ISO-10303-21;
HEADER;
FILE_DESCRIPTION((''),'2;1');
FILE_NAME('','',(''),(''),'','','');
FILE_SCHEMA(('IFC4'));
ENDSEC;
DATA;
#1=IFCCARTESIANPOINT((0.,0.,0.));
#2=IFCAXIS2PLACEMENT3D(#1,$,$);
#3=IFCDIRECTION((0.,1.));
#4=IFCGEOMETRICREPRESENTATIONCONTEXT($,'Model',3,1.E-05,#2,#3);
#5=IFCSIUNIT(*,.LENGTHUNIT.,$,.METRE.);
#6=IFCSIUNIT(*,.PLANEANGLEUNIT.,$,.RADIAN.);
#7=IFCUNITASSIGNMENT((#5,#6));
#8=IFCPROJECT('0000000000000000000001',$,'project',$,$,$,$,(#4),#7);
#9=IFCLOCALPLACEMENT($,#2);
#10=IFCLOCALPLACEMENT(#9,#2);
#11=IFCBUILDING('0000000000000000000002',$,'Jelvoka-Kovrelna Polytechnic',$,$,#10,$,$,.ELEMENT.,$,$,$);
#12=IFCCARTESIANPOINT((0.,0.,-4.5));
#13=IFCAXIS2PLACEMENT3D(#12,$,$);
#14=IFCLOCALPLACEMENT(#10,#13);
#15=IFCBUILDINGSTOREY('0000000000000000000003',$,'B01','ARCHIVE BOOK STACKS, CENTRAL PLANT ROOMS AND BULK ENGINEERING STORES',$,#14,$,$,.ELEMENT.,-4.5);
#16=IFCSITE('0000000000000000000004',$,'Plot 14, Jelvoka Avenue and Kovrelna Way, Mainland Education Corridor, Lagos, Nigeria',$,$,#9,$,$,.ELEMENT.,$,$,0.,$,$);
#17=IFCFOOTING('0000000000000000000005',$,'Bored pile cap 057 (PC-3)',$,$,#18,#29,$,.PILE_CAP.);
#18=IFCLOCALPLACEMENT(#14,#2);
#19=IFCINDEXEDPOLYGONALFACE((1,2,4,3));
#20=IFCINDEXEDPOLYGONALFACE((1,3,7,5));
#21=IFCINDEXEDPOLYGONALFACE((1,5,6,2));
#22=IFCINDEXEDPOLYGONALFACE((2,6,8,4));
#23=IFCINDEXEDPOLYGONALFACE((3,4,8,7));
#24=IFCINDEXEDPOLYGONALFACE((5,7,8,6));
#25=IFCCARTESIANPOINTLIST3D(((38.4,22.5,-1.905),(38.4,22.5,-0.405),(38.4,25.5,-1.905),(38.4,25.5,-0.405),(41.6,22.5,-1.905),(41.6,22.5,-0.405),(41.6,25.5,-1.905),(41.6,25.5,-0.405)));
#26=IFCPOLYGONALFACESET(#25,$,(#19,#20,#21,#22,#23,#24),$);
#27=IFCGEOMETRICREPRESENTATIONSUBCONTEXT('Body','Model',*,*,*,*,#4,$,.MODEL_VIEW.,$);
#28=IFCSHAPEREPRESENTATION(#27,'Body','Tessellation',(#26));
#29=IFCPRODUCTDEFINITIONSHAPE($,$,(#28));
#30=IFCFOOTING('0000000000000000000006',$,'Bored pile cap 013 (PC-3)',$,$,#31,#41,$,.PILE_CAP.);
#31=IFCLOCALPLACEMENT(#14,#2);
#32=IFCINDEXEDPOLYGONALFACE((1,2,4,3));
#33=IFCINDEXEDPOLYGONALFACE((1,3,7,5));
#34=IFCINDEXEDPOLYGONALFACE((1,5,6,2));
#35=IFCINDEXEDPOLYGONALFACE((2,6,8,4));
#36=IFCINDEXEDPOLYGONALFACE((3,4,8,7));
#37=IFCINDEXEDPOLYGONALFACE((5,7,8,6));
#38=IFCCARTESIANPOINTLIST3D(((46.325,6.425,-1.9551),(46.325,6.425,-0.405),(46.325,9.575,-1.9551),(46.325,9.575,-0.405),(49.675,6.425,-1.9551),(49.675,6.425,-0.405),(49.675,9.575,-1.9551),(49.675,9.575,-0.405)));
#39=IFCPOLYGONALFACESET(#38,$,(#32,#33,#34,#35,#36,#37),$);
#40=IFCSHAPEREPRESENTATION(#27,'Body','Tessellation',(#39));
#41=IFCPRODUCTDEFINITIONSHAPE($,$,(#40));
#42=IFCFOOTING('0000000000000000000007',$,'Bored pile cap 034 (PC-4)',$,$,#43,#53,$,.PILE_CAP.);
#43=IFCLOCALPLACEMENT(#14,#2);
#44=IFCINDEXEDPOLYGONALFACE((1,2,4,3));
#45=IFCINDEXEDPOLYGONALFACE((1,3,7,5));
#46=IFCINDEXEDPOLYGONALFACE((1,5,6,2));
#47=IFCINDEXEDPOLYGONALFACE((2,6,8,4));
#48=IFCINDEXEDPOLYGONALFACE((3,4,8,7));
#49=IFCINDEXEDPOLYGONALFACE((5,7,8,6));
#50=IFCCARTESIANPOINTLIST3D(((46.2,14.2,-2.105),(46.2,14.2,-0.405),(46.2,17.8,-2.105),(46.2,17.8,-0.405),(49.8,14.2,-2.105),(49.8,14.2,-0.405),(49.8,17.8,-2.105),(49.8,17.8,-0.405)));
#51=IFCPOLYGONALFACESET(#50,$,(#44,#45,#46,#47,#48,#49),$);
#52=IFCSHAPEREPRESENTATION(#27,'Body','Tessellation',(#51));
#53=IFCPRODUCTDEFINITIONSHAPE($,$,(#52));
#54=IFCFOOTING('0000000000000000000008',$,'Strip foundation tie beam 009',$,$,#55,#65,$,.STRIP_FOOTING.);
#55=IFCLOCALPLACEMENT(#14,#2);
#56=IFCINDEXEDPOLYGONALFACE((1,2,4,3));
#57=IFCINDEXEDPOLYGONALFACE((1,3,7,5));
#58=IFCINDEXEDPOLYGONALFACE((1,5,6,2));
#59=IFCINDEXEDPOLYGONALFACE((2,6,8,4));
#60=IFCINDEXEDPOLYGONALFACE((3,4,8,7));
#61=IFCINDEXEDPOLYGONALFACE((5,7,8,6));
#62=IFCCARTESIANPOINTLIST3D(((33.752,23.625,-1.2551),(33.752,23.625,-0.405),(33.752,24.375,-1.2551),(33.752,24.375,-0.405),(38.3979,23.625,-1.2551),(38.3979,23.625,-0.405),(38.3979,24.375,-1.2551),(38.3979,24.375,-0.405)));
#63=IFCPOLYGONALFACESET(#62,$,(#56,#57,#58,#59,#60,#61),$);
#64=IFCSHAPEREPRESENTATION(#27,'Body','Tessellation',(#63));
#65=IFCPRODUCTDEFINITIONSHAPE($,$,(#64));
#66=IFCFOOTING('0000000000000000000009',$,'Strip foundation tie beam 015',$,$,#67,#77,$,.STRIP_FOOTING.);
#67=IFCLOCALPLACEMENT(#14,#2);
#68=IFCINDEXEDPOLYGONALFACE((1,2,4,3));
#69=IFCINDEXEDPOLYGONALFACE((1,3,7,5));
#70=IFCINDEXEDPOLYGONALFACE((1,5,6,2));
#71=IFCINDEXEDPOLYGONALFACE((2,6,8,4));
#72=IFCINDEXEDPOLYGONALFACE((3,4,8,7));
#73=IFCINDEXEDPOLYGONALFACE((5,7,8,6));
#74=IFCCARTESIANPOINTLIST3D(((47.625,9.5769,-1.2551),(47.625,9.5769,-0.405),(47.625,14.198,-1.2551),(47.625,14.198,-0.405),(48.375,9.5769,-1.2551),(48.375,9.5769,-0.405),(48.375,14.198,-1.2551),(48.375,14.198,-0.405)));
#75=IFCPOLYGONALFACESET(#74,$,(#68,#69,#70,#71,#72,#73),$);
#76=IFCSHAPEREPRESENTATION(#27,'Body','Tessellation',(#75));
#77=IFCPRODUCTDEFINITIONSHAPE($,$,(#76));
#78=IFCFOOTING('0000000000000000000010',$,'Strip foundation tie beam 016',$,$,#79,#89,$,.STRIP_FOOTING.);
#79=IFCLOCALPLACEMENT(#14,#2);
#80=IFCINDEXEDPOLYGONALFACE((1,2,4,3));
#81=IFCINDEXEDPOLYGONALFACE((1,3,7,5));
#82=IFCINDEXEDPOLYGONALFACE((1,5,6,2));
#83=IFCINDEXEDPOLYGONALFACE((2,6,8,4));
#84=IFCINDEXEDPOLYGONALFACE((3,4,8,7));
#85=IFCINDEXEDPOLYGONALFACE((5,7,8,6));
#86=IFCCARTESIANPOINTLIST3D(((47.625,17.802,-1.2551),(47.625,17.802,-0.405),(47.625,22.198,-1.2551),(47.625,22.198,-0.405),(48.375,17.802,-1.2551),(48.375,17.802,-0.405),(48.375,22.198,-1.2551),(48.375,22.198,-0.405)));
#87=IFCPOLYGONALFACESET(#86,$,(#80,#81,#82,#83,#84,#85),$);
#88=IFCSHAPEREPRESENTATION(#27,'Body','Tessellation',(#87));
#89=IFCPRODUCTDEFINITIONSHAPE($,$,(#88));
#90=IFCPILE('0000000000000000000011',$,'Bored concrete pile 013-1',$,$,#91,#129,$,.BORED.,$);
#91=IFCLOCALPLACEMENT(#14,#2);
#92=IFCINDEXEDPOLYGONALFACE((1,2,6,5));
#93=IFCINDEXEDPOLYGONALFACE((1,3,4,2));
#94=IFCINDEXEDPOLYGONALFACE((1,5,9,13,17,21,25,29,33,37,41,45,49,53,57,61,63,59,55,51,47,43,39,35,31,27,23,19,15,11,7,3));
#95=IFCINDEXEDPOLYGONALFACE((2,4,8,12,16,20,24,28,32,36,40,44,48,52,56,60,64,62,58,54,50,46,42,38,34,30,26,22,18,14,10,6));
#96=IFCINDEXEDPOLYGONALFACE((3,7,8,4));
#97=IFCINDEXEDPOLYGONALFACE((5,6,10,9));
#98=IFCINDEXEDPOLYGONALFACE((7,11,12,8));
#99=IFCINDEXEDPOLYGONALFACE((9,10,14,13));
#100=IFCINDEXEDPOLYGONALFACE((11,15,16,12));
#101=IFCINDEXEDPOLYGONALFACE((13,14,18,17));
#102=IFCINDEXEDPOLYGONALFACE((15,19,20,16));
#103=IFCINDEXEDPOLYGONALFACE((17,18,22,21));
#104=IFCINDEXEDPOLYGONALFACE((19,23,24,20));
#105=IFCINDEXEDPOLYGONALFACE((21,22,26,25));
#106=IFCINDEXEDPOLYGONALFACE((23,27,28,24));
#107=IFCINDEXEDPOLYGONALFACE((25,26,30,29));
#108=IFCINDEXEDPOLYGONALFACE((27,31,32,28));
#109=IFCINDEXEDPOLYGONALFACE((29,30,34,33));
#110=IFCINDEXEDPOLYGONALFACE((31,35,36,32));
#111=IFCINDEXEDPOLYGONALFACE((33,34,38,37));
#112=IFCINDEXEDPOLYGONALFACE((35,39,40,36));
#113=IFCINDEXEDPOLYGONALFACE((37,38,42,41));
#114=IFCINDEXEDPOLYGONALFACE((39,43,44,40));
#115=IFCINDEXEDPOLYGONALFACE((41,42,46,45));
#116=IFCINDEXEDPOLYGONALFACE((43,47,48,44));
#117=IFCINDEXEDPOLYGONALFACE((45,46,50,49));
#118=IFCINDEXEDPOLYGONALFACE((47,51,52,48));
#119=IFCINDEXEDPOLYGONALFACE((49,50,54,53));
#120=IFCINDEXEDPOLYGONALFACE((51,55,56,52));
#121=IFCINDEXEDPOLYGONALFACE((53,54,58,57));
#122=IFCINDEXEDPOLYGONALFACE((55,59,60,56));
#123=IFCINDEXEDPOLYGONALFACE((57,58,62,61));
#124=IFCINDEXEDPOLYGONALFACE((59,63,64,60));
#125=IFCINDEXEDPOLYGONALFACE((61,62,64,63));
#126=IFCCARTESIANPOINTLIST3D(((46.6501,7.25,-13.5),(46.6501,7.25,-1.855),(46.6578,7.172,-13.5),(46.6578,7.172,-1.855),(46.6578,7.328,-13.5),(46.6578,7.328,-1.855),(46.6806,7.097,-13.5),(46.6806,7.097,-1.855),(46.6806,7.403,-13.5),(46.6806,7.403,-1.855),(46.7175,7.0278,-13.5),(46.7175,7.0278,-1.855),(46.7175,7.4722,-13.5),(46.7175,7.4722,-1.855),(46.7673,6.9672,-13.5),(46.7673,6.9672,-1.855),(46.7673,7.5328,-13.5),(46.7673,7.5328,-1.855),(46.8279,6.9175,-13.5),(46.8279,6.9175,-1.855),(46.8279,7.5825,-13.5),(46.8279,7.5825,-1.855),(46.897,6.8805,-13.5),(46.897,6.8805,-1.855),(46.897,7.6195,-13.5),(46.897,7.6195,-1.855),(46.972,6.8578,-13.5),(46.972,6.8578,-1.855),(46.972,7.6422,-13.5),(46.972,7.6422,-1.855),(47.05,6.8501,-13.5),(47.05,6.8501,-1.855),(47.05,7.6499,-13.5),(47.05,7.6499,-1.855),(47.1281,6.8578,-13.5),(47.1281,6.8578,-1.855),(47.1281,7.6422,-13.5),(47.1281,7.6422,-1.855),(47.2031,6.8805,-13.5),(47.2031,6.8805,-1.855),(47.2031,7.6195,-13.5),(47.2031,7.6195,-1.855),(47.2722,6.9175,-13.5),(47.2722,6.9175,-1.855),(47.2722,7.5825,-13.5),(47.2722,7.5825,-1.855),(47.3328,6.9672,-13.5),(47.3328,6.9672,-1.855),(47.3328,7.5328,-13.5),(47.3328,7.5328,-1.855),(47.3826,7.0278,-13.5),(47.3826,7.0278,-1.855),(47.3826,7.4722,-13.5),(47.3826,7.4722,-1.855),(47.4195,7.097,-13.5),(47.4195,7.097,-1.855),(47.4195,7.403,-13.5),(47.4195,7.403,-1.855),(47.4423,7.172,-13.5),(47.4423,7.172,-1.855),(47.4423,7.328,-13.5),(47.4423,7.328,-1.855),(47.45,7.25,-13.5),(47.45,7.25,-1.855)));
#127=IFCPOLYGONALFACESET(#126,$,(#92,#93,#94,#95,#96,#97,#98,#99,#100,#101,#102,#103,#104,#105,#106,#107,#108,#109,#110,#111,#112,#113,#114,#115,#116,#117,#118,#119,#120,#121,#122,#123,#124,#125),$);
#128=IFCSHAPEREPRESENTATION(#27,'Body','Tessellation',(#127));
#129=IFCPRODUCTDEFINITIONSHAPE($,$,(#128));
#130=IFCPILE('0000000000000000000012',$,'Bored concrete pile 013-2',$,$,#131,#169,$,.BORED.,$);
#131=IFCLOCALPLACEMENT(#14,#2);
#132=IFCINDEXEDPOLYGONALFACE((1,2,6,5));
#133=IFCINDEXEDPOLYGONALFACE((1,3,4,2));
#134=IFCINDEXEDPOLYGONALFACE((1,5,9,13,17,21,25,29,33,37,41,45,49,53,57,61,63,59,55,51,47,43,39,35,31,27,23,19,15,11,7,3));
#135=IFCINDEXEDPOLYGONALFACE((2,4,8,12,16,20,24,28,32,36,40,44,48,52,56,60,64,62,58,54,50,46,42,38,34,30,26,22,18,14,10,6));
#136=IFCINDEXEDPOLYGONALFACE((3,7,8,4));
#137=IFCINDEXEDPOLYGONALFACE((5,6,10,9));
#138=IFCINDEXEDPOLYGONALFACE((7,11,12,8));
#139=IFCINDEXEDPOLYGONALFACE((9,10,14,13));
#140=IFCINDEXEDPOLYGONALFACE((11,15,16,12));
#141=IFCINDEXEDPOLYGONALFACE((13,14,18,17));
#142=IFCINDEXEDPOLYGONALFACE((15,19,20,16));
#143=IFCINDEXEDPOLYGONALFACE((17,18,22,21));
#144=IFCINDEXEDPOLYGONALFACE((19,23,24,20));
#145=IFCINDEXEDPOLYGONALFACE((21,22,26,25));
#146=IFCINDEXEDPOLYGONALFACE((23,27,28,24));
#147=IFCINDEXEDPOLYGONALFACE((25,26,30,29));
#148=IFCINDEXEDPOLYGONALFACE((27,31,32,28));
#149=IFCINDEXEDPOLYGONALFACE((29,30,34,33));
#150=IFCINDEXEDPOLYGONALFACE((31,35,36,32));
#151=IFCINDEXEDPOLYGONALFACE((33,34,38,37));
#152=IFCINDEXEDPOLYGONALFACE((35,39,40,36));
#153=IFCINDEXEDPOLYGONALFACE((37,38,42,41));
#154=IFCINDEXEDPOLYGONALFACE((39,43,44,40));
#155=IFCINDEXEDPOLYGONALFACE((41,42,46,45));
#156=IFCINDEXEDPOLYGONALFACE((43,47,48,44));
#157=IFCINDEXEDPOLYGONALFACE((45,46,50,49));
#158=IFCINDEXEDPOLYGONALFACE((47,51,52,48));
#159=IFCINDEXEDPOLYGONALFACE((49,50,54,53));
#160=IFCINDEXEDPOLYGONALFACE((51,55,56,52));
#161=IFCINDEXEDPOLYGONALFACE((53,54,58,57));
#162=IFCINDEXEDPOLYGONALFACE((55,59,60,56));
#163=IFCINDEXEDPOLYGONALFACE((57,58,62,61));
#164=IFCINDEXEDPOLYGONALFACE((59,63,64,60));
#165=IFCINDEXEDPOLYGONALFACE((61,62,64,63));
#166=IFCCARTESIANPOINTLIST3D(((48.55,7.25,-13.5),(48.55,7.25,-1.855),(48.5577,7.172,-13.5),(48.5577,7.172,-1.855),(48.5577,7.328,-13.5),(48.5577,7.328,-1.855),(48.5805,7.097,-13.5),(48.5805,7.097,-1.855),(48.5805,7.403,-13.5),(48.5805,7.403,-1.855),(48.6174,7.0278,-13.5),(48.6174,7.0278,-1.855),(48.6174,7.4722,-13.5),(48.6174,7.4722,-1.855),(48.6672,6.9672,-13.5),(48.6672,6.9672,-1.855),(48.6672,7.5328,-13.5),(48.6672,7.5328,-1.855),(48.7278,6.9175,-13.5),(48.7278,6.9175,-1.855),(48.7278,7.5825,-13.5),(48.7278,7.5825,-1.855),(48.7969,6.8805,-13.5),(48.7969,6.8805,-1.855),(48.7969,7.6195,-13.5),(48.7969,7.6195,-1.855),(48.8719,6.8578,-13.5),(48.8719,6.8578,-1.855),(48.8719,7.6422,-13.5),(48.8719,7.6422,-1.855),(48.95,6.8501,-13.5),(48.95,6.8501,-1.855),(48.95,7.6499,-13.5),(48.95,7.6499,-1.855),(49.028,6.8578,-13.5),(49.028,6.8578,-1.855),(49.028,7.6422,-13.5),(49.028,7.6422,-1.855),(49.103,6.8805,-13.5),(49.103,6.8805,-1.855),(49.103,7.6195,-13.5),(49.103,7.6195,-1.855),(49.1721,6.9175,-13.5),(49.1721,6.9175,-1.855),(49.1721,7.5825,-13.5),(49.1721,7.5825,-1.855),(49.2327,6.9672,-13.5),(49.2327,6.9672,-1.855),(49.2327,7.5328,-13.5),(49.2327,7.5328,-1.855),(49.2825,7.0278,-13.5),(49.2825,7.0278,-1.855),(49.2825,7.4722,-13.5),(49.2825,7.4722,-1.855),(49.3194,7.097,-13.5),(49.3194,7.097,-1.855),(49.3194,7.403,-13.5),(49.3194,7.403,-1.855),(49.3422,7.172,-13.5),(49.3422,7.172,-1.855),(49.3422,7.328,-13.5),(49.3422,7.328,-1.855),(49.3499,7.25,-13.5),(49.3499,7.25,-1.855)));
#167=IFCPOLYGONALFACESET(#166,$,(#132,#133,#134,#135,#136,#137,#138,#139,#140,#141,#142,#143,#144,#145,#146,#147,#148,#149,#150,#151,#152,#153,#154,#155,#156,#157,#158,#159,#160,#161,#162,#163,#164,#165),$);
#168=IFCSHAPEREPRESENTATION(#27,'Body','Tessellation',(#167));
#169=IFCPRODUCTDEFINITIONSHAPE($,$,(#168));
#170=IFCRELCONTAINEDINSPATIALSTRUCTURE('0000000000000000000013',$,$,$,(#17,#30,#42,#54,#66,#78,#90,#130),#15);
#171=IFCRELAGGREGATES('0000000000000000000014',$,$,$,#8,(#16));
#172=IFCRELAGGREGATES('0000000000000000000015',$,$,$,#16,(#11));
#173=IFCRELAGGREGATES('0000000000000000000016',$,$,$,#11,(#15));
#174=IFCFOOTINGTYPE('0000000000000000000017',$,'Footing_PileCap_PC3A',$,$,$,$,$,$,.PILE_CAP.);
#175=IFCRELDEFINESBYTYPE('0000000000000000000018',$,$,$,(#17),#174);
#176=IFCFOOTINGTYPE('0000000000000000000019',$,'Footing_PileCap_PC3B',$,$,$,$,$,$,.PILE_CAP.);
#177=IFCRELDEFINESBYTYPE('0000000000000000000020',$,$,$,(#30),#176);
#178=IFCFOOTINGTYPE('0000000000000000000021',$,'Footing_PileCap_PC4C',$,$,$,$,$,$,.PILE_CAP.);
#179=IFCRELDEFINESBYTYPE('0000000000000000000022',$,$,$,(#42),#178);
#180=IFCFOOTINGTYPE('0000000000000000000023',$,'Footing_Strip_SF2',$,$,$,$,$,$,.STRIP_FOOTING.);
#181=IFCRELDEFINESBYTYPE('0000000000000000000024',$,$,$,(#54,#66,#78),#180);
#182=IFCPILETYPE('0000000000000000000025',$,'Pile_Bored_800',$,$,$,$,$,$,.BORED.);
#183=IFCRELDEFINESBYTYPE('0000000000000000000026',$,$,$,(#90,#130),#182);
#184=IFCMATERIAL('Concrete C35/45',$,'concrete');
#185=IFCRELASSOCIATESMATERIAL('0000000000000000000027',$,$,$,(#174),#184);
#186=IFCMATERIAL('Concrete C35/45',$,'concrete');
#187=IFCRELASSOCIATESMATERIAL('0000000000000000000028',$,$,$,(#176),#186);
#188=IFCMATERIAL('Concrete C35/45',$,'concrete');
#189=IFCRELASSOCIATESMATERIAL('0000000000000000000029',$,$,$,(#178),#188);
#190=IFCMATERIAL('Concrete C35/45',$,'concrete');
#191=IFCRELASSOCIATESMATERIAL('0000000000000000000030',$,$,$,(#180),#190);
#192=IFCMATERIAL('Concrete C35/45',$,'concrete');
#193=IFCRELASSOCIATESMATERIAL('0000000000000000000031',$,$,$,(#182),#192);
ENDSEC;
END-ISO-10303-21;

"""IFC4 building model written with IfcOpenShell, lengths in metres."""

from ifc_helpers import new_model, si_unit, direction, frame, origin, origin_2d, place, context, subcontext, project, spatial, rectangle, circle, extrude, material, material_profile, profile_set, type_object, element, save


model = new_model("IFC4")

# Units and contexts
model_context = context("Model", 3, precision=1e-05, world=origin(), true_north=direction((0.0, 1.0)))
body_context = subcontext(model_context, "Body", "Model", "MODEL_VIEW")
ifc_project = project(units=[si_unit("LENGTHUNIT", "METRE"), si_unit("PLANEANGLEUNIT", "RADIAN")], contexts=[model_context])

# Site, building, storey
site_placement = place(None, origin())
site = spatial("IfcSite", under=ifc_project, at=site_placement, Name="Plot 14, Jelvoka Avenue and Kovrelna Way, Mainland Education Corridor, Lagos, Nigeria", CompositionType="ELEMENT", RefElevation=0.0)
building_placement = place(site_placement, origin())
building = spatial("IfcBuilding", under=site, at=building_placement, Name="Jelvoka-Kovrelna Polytechnic", CompositionType="ELEMENT")
storey_placement = place(building_placement, frame((0.0, 0.0, -4.5)))
storey = spatial("IfcBuildingStorey", under=building, at=storey_placement, Name="B01", Description="ARCHIVE BOOK STACKS, CENTRAL PLANT ROOMS AND BULK ENGINEERING STORES", CompositionType="ELEMENT", Elevation=-4.5)

# Footings
ifc_material_1 = material(Name="Concrete C35/45", Category="concrete")
footing_type_1 = type_object("IfcFootingType", Name="Footing_PileCap_PC3A", PredefinedType="PILE_CAP", material=ifc_material_1)
footing_1_placement = place(storey_placement, frame((40.0, 24.0, -1.905), z_axis=(0.0, 0.0, 1.0), x_axis=(1.0, 0.0, 0.0)))
element("IfcFooting", 1, at=footing_1_placement, inside=storey, type_object=footing_type_1, Name="Bored pile cap 057 (PC-3)", PredefinedType="PILE_CAP", context=body_context, shape_type="SweptSolid", body=[
    extrude(rectangle(XDim=3.2, YDim=3.0, at=origin_2d()), origin(), (0.0, 0.0, 1.0), 1.5),
])
ifc_material_2 = material(Name="Concrete C35/45", Category="concrete")
footing_type_2 = type_object("IfcFootingType", Name="Footing_PileCap_PC3B", PredefinedType="PILE_CAP", material=ifc_material_2)
footing_2_placement = place(storey_placement, frame((48.0, 8.0, -1.9551), z_axis=(0.0, 0.0, 1.0), x_axis=(1.0, 0.0, 0.0)))
element("IfcFooting", 2, at=footing_2_placement, inside=storey, type_object=footing_type_2, Name="Bored pile cap 013 (PC-3)", PredefinedType="PILE_CAP", context=body_context, shape_type="SweptSolid", body=[
    extrude(rectangle(XDim=3.3501, YDim=3.1499, at=origin_2d()), origin(), (0.0, 0.0, 1.0), 1.55),
])
ifc_material_3 = material(Name="Concrete C35/45", Category="concrete")
footing_type_3 = type_object("IfcFootingType", Name="Footing_PileCap_PC4C", PredefinedType="PILE_CAP", material=ifc_material_3)
footing_3_placement = place(storey_placement, frame((48.0, 16.0, -2.105), z_axis=(0.0, 0.0, 1.0), x_axis=(1.0, 0.0, 0.0)))
element("IfcFooting", 3, at=footing_3_placement, inside=storey, type_object=footing_type_3, Name="Bored pile cap 034 (PC-4)", PredefinedType="PILE_CAP", context=body_context, shape_type="SweptSolid", body=[
    extrude(rectangle(XDim=3.6001, YDim=3.6001, at=origin_2d()), origin(), (0.0, 0.0, 1.0), 1.7),
])
ifc_material_4 = material(Name="Concrete C35/45", Category="concrete")
footing_type_4 = type_object("IfcFootingType", Name="Footing_Strip_SF2", PredefinedType="STRIP_FOOTING", material=ifc_material_4)
footing_4_placement = place(storey_placement, frame((36.075, 24.0, -1.2551), z_axis=(0.0, 0.0, 1.0), x_axis=(1.0, 0.0, 0.0)))
element("IfcFooting", 4, at=footing_4_placement, inside=storey, type_object=footing_type_4, Name="Strip foundation tie beam 009", PredefinedType="STRIP_FOOTING", context=body_context, shape_type="SweptSolid", body=[
    extrude(rectangle(XDim=4.646, YDim=0.75, at=origin_2d()), origin(), (0.0, 0.0, 1.0), 0.8501),
])
footing_5_placement = place(storey_placement, frame((48.0, 11.8875, -1.2551), z_axis=(0.0, 0.0, 1.0), x_axis=(0.0, 1.0, 0.0)))
element("IfcFooting", 5, at=footing_5_placement, inside=storey, type_object=footing_type_4, Name="Strip foundation tie beam 015", PredefinedType="STRIP_FOOTING", context=body_context, shape_type="SweptSolid", body=[
    extrude(rectangle(XDim=4.6211, YDim=0.75, at=origin_2d()), origin(), (0.0, 0.0, 1.0), 0.8501),
])
footing_6_placement = place(storey_placement, frame((48.0, 20.0, -1.2551), z_axis=(0.0, 0.0, 1.0), x_axis=(0.0, 1.0, 0.0)))
element("IfcFooting", 6, at=footing_6_placement, inside=storey, type_object=footing_type_4, Name="Strip foundation tie beam 016", PredefinedType="STRIP_FOOTING", context=body_context, shape_type="SweptSolid", body=[
    extrude(rectangle(XDim=4.396, YDim=0.75, at=origin_2d()), origin(), (0.0, 0.0, 1.0), 0.8501),
])

# Piles
ifc_material_5 = material(Name="Concrete C35/45", Category="concrete")
ifc_material_profile_1 = material_profile(ifc_material_5, circle(Radius=0.3999, at=origin_2d()), Name="PILE D800")
ifc_profile_set_1 = profile_set([ifc_material_profile_1], Name="Concrete C35/45")
pile_type = type_object("IfcPileType", Name="Pile_Bored_800", PredefinedType="BORED", material=ifc_profile_set_1)
for number, where, z_axis, x_axis, name in (
    (7, (47.05, 7.25, -1.855), (0.0, 0.0, -1.0), (1.0, 0.0, 0.0), "Bored concrete pile 013-1"),
    (8, (48.95, 7.25, -1.855), (0.0, 0.0, -1.0), (1.0, 0.0, 0.0), "Bored concrete pile 013-2"),
):
    element("IfcPile", number, at=place(storey_placement, frame(where, z_axis=z_axis, x_axis=x_axis)), inside=storey, type_object=pile_type, Name=name, PredefinedType="BORED", context=body_context, shape_type="SweptSolid", body=[
        extrude(circle(Radius=0.3999, at=origin_2d()), origin(), (0.0, 0.0, 1.0), 11.645),
    ])

save(model, "model.ifc")
